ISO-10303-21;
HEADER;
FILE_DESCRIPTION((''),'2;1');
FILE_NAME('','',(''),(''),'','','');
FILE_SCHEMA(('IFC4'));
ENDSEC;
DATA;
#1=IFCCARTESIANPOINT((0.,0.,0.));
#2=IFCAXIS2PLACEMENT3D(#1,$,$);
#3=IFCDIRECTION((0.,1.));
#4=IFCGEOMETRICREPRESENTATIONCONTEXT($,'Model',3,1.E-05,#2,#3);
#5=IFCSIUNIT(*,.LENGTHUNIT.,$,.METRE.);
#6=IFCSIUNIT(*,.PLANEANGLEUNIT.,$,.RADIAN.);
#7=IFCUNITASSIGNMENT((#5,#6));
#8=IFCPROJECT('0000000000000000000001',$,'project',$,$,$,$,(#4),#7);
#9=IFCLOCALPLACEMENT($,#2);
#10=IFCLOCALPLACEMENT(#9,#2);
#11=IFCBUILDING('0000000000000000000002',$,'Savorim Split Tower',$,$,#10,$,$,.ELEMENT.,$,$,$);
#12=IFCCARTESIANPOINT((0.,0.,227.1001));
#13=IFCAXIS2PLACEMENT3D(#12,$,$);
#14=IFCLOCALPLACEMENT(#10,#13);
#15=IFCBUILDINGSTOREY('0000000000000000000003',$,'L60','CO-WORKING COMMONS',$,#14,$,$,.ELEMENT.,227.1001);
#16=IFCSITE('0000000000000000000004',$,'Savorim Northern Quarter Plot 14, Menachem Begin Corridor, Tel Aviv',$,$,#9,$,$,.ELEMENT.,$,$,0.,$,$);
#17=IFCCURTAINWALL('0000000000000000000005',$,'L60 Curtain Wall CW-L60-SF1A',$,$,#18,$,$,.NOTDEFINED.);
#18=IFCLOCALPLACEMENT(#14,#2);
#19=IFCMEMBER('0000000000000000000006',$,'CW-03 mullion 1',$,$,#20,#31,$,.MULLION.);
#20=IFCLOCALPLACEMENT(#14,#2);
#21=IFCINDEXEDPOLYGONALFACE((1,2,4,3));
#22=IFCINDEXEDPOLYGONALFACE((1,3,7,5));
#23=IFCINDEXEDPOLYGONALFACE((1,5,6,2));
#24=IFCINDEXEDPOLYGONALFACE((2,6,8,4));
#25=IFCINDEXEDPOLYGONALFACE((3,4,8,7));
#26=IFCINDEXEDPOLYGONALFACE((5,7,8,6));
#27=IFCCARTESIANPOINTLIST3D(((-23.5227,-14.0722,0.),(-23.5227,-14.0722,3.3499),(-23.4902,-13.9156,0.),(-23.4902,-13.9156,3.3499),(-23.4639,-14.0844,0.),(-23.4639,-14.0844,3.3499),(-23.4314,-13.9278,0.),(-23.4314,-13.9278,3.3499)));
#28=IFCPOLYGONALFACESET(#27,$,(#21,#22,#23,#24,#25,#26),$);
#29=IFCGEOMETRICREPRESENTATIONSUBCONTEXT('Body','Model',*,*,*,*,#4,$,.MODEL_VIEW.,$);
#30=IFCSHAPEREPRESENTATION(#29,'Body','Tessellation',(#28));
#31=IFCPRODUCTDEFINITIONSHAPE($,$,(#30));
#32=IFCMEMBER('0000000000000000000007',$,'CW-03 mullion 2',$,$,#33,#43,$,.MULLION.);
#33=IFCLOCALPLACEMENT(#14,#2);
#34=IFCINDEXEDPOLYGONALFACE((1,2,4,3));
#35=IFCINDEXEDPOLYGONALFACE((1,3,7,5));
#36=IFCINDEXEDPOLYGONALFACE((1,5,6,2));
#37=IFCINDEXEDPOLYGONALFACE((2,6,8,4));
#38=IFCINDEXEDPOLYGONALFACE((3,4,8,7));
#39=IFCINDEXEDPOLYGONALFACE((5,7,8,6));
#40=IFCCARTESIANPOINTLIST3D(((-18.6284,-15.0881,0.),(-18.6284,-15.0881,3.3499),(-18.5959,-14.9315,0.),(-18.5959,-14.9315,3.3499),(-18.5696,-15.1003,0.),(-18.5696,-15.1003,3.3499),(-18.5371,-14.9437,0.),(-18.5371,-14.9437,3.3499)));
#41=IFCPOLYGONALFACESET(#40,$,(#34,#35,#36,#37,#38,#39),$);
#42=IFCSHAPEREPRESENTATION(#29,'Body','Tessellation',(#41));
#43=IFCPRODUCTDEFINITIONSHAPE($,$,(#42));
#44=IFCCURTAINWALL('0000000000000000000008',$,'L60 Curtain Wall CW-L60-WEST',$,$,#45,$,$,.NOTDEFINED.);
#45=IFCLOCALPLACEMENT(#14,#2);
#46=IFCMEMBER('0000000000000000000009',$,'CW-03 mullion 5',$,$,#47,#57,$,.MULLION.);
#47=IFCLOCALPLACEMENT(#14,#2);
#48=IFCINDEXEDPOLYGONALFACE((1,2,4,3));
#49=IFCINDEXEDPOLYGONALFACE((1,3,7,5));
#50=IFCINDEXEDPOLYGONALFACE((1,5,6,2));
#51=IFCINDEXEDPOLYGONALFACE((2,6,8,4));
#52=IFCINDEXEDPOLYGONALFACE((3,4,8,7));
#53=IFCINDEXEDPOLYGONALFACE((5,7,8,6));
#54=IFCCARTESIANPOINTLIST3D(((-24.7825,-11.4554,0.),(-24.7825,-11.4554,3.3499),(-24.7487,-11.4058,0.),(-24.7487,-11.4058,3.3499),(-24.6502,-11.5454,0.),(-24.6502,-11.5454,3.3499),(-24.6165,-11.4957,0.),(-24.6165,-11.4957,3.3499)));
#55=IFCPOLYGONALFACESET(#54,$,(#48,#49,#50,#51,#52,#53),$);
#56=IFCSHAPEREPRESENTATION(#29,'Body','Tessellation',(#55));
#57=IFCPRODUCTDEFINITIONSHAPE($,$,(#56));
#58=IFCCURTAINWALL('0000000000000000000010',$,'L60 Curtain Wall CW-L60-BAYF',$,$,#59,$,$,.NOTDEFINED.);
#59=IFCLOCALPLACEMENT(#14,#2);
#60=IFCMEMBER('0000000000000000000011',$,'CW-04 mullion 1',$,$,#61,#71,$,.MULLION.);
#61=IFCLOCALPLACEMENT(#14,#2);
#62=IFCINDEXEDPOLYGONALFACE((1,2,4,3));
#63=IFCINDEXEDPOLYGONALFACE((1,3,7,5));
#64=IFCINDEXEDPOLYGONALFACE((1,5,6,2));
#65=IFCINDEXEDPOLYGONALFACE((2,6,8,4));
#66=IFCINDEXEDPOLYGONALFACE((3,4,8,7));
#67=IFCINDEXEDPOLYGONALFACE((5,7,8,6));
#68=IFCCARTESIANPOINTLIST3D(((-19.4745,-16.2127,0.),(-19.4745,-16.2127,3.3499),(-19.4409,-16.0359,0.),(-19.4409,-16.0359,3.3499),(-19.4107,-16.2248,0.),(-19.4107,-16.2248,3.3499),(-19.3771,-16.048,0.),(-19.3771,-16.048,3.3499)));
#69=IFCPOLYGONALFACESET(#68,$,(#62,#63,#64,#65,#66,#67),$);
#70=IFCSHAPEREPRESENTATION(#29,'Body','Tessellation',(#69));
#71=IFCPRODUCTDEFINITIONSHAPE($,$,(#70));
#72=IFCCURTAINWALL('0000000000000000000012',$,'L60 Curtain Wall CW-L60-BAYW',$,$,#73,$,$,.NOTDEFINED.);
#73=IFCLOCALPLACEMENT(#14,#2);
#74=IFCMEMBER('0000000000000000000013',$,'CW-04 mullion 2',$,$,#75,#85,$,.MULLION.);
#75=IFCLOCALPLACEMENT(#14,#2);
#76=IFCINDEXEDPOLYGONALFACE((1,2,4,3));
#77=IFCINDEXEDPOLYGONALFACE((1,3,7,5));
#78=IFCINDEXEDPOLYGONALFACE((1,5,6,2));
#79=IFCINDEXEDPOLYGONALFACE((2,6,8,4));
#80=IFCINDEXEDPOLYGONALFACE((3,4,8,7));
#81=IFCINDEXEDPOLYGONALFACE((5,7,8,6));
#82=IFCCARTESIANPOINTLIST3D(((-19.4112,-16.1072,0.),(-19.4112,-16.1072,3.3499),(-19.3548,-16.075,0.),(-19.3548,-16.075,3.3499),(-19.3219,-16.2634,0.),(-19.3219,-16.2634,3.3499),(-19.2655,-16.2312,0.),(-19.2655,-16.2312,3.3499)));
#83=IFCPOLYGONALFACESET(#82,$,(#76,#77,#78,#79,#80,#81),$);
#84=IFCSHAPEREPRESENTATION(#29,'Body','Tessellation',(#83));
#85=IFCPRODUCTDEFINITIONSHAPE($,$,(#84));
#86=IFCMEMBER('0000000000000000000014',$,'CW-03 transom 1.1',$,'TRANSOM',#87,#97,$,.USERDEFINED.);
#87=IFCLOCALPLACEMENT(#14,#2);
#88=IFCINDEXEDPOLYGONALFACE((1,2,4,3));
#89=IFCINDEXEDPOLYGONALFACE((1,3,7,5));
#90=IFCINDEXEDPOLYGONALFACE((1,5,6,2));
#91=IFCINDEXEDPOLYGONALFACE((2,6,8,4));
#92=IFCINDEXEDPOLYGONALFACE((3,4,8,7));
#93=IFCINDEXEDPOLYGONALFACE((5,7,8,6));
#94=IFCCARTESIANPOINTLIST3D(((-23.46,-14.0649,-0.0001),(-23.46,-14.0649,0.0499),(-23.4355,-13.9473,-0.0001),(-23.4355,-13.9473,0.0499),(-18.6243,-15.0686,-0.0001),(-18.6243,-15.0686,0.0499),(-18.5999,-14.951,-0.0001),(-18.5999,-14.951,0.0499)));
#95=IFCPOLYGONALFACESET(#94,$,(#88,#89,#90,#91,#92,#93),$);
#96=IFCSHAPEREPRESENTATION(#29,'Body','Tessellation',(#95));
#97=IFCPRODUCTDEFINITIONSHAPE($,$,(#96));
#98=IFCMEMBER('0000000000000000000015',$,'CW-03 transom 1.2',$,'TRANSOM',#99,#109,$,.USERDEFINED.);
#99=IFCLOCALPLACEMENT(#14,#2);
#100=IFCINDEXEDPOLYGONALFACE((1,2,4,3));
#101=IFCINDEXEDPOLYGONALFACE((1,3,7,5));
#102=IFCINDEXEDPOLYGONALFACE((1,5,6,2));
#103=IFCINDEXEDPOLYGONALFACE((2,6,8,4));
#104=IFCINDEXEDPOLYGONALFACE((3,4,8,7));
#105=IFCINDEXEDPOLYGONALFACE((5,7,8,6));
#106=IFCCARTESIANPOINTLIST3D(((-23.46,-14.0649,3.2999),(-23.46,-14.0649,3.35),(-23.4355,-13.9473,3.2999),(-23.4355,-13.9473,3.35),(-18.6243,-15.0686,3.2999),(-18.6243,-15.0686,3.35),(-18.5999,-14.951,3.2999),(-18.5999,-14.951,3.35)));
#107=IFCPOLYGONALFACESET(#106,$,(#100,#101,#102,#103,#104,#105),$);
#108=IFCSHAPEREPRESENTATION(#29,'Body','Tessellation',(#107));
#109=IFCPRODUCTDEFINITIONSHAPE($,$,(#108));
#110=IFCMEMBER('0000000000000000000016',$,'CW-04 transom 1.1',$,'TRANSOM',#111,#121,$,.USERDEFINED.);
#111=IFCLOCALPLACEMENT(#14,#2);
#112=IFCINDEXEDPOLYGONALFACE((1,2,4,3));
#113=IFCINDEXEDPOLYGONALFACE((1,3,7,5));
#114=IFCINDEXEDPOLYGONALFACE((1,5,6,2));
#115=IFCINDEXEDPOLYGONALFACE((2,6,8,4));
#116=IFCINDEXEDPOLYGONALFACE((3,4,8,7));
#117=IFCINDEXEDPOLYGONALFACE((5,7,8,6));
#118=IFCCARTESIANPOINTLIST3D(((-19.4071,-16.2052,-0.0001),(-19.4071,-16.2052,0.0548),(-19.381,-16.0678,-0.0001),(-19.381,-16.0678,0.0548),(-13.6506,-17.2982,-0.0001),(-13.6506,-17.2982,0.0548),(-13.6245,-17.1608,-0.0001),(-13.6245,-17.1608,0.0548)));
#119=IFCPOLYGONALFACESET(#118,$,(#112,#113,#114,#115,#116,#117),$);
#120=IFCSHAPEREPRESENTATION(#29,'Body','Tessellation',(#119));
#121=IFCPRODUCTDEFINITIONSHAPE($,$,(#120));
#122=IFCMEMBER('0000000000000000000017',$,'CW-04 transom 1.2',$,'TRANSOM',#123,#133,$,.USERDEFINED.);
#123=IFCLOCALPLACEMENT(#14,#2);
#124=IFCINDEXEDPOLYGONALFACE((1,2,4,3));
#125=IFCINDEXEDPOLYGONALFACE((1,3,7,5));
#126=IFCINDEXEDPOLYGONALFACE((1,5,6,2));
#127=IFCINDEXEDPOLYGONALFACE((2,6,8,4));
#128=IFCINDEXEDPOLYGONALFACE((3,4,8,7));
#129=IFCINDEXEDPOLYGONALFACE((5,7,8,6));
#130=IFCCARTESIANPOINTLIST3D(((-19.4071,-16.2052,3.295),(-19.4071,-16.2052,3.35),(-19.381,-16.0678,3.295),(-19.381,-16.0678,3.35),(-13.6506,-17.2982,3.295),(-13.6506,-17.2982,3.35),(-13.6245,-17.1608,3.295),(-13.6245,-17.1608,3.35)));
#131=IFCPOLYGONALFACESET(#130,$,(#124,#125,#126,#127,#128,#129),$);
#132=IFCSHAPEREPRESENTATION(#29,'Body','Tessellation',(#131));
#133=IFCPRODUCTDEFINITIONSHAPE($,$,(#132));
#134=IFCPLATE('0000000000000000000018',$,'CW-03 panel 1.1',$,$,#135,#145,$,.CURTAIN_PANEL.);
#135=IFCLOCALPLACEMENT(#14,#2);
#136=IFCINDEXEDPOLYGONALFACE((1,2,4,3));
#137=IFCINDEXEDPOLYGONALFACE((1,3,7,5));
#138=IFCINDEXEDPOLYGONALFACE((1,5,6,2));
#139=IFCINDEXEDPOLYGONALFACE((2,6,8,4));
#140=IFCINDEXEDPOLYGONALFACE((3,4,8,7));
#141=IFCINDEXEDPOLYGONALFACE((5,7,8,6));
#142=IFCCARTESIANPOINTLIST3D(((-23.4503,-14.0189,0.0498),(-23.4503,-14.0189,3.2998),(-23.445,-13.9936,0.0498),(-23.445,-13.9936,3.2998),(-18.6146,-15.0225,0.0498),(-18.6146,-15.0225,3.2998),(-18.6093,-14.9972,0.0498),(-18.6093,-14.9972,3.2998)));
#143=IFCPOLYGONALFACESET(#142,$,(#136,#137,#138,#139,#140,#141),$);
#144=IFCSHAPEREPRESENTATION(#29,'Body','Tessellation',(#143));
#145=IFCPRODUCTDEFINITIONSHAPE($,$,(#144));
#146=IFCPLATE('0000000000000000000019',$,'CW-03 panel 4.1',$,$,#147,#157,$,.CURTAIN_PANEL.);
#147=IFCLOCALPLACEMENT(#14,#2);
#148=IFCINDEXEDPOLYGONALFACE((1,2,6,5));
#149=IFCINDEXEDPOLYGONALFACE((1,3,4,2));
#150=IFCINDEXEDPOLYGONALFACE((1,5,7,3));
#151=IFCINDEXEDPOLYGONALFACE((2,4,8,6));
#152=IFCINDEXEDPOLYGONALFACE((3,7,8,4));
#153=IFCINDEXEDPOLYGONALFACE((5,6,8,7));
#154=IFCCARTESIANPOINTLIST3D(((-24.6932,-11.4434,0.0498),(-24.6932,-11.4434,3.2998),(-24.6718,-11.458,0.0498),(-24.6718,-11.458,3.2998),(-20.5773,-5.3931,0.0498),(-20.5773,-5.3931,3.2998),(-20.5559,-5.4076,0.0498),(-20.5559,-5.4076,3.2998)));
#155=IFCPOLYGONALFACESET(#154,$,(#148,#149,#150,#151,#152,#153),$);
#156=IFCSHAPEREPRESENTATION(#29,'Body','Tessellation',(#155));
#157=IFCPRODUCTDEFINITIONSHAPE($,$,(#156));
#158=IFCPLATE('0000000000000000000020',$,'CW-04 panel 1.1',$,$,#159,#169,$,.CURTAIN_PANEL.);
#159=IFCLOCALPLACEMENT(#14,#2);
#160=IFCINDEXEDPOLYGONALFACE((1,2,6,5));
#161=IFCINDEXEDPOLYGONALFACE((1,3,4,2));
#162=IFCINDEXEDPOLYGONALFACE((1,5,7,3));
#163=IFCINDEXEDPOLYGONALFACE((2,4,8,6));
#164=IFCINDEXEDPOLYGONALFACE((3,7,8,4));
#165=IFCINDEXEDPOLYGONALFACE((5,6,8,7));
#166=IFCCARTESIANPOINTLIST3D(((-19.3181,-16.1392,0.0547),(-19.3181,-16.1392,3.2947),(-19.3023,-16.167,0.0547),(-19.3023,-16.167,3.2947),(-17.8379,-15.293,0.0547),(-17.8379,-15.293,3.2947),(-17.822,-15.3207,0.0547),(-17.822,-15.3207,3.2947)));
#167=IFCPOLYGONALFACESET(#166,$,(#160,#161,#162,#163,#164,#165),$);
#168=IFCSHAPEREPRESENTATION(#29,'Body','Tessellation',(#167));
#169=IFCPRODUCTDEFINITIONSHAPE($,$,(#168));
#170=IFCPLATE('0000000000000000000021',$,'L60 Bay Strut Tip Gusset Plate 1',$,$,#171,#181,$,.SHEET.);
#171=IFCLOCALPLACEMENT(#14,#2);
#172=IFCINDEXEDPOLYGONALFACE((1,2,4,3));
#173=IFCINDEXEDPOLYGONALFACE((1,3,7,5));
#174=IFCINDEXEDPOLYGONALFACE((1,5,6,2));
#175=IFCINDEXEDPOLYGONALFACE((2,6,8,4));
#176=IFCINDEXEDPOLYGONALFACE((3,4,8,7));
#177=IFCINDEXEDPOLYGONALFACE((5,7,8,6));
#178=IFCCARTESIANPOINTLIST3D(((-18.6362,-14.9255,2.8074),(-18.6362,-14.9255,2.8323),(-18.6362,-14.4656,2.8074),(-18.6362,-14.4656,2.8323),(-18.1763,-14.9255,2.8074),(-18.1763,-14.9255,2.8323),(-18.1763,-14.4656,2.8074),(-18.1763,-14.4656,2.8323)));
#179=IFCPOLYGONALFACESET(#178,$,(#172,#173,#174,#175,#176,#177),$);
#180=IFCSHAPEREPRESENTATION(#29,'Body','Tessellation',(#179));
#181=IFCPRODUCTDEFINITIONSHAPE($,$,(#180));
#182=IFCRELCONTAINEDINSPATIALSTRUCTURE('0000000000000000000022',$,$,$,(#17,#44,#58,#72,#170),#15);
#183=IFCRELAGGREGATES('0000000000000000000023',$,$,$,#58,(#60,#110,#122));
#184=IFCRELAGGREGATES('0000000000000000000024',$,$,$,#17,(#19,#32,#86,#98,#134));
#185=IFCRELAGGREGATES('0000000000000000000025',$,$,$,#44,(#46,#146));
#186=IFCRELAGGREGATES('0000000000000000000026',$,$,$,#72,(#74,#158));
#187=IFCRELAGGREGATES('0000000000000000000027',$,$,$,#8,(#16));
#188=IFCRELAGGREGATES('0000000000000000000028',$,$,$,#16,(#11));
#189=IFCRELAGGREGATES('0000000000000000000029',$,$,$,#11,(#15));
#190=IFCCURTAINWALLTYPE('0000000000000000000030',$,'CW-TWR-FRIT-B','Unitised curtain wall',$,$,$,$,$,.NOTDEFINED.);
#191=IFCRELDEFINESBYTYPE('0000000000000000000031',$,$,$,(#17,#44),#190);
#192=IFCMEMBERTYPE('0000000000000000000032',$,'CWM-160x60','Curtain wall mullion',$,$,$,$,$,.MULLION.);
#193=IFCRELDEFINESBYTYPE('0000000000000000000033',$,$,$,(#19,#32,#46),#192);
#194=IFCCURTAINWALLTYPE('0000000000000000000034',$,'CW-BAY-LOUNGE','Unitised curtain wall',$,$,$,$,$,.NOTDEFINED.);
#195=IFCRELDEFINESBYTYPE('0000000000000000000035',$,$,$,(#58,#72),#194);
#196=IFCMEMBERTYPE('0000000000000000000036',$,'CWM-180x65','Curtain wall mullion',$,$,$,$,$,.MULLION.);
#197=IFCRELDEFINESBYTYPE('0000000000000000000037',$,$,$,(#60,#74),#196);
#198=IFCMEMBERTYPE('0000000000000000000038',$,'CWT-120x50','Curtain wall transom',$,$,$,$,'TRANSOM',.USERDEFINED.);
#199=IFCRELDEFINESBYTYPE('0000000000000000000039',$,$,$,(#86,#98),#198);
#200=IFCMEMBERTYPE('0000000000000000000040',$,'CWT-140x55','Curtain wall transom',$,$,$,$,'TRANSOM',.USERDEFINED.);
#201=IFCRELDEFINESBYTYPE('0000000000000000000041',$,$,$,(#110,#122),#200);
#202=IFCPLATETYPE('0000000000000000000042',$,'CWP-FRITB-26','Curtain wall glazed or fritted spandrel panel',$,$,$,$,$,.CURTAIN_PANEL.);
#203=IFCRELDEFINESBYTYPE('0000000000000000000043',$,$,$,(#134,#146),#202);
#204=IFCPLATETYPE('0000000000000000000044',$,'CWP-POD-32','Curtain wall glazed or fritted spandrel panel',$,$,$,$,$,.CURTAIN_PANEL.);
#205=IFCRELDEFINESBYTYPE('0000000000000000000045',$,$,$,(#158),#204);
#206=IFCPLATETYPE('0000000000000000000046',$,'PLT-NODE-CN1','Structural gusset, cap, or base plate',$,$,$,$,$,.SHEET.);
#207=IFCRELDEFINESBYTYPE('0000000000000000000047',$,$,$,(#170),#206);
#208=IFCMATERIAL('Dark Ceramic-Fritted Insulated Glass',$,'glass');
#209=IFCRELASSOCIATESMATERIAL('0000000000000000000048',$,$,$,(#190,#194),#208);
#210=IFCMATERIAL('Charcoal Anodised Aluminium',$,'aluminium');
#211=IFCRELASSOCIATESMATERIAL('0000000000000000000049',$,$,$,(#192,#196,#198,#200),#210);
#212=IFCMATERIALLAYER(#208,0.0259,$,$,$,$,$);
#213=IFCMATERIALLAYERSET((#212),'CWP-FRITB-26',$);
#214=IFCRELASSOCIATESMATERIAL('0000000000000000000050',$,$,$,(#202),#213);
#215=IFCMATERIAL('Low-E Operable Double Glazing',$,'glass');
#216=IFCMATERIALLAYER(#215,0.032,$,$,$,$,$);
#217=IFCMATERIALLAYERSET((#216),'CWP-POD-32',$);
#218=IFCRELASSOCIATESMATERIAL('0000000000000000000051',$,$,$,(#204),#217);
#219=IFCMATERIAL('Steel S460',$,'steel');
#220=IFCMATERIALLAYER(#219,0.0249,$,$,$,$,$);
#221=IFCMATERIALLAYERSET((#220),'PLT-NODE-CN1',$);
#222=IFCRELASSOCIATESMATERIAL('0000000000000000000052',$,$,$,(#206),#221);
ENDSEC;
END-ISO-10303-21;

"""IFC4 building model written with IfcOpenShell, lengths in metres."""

from ifc_helpers import new_model, si_unit, direction, frame, origin, origin_2d, place, context, subcontext, project, spatial, rectangle, extrude, material, layer, layer_set, material_profile, profile_set, type_object, element, aggregate, save


model = new_model("IFC4")

# Units and contexts
model_context = context("Model", 3, precision=1e-05, world=origin(), true_north=direction((0.0, 1.0)))
body_context = subcontext(model_context, "Body", "Model", "MODEL_VIEW")
ifc_project = project(units=[si_unit("LENGTHUNIT", "METRE"), si_unit("PLANEANGLEUNIT", "RADIAN")], contexts=[model_context])

# Site, building, storey
site_placement = place(None, origin())
site = spatial("IfcSite", under=ifc_project, at=site_placement, Name="Savorim Northern Quarter Plot 14, Menachem Begin Corridor, Tel Aviv", CompositionType="ELEMENT", RefElevation=0.0)
building_placement = place(site_placement, origin())
building = spatial("IfcBuilding", under=site, at=building_placement, Name="Savorim Split Tower", CompositionType="ELEMENT")
storey_placement = place(building_placement, frame((0.0, 0.0, 227.1001)))
storey = spatial("IfcBuildingStorey", under=building, at=storey_placement, Name="L60", Description="CO-WORKING COMMONS", CompositionType="ELEMENT", Elevation=227.1001)

# Curtain wall, members
ifc_material_1 = material(Name="Dark Ceramic-Fritted Insulated Glass", Category="glass")
curtain_wall_type_1 = type_object("IfcCurtainWallType", Name="CW-TWR-FRIT-B", Description="Unitised curtain wall", PredefinedType="NOTDEFINED", material=ifc_material_1)
curtain_wall_1_placement = place(storey_placement, origin())
curtain_wall_1 = element("IfcCurtainWall", 1, at=curtain_wall_1_placement, inside=storey, type_object=curtain_wall_type_1, Name="L60 Curtain Wall CW-L60-SF1A", PredefinedType="NOTDEFINED")
ifc_material_2 = material(Name="Charcoal Anodised Aluminium", Category="aluminium")
ifc_material_profile_1 = material_profile(ifc_material_2, rectangle(XDim=0.1599, YDim=0.0601, at=origin_2d()), Name="ALU-M 160x60")
ifc_profile_set_1 = profile_set([ifc_material_profile_1], Name="Charcoal Anodised Aluminium")
member_type_1 = type_object("IfcMemberType", Name="CWM-160x60", Description="Curtain wall mullion", PredefinedType="MULLION", material=ifc_profile_set_1)
member_1_placement = place(storey_placement, frame((-23.4771, -14.0, 0.0), z_axis=(0.0, 0.0, 1.0), x_axis=(0.203212, 0.979135, 0.0)))
member_1 = element("IfcMember", 2, at=member_1_placement, type_object=member_type_1, Name="CW-03 mullion 1", PredefinedType="MULLION", context=body_context, shape_type="SweptSolid", body=[
    extrude(rectangle(XDim=0.1599, YDim=0.0601, at=origin_2d()), origin(), (0.0, 0.0, 1.0), 3.3499),
])
member_2_placement = place(storey_placement, frame((-18.5828, -15.0159, 0.0), z_axis=(0.0, 0.0, 1.0), x_axis=(0.203212, 0.979135, 0.0)))
member_2 = element("IfcMember", 3, at=member_2_placement, type_object=member_type_1, Name="CW-03 mullion 2", PredefinedType="MULLION", context=body_context, shape_type="SweptSolid", body=[
    extrude(rectangle(XDim=0.1599, YDim=0.0601, at=origin_2d()), origin(), (0.0, 0.0, 1.0), 3.3499),
])

# Curtain walls, members
curtain_wall_2_placement = place(storey_placement, origin())
curtain_wall_2 = element("IfcCurtainWall", 4, at=curtain_wall_2_placement, inside=storey, type_object=curtain_wall_type_1, Name="L60 Curtain Wall CW-L60-WEST", PredefinedType="NOTDEFINED")
member_3_placement = place(storey_placement, frame((-24.6995, -11.4756, 0.0), z_axis=(0.0, 0.0, 1.0), x_axis=(0.82682, -0.562467, 0.0)))
member_3 = element("IfcMember", 5, at=member_3_placement, type_object=member_type_1, Name="CW-03 mullion 5", PredefinedType="MULLION", context=body_context, shape_type="SweptSolid", body=[
    extrude(rectangle(XDim=0.1599, YDim=0.0601, at=origin_2d()), origin(), (0.0, 0.0, 1.0), 3.3499),
])
curtain_wall_type_2 = type_object("IfcCurtainWallType", Name="CW-BAY-LOUNGE", Description="Unitised curtain wall", PredefinedType="NOTDEFINED", material=ifc_material_1)
curtain_wall_3_placement = place(storey_placement, origin())
curtain_wall_3 = element("IfcCurtainWall", 6, at=curtain_wall_3_placement, inside=storey, type_object=curtain_wall_type_2, Name="L60 Curtain Wall CW-L60-BAYF", PredefinedType="NOTDEFINED")
ifc_material_profile_2 = material_profile(ifc_material_2, rectangle(XDim=0.1799, YDim=0.0649, at=origin_2d()), Name="ALU-M 180x65")
ifc_profile_set_2 = profile_set([ifc_material_profile_2], Name="Charcoal Anodised Aluminium")
member_type_2 = type_object("IfcMemberType", Name="CWM-180x65", Description="Curtain wall mullion", PredefinedType="MULLION", material=ifc_profile_set_2)
member_4_placement = place(storey_placement, frame((-19.4258, -16.1304, 0.0), z_axis=(0.0, 0.0, 1.0), x_axis=(0.186567, 0.982442, 0.0)))
member_4 = element("IfcMember", 7, at=member_4_placement, type_object=member_type_2, Name="CW-04 mullion 1", PredefinedType="MULLION", context=body_context, shape_type="SweptSolid", body=[
    extrude(rectangle(XDim=0.1799, YDim=0.0649, at=origin_2d()), origin(), (0.0, 0.0, 1.0), 3.3499),
])
curtain_wall_4_placement = place(storey_placement, origin())
curtain_wall_4 = element("IfcCurtainWall", 8, at=curtain_wall_4_placement, inside=storey, type_object=curtain_wall_type_2, Name="L60 Curtain Wall CW-L60-BAYW", PredefinedType="NOTDEFINED")
member_5_placement = place(storey_placement, frame((-19.3384, -16.1692, 0.0), z_axis=(0.0, 0.0, 1.0), x_axis=(0.496327, -0.868136, 0.0)))
member_5 = element("IfcMember", 9, at=member_5_placement, type_object=member_type_2, Name="CW-04 mullion 2", PredefinedType="MULLION", context=body_context, shape_type="SweptSolid", body=[
    extrude(rectangle(XDim=0.1799, YDim=0.0649, at=origin_2d()), origin(), (0.0, 0.0, 1.0), 3.3499),
])

# Members
ifc_material_profile_3 = material_profile(ifc_material_2, rectangle(XDim=0.1201, YDim=0.05, at=origin_2d()), Name="ALU-T 120x50")
ifc_profile_set_3 = profile_set([ifc_material_profile_3], Name="Charcoal Anodised Aluminium")
member_type_3 = type_object("IfcMemberType", Name="CWT-120x50", Description="Curtain wall transom", ElementType="TRANSOM", PredefinedType="USERDEFINED", material=ifc_profile_set_3)
member_6_placement = place(storey_placement, frame((-23.4478, -14.0061, 0.0249), z_axis=(0.979133, -0.203222, 0.0), x_axis=(0.203222, 0.979133, 0.0)))
member_6 = element("IfcMember", 10, at=member_6_placement, type_object=member_type_3, Name="CW-03 transom 1.1", ObjectType="TRANSOM", PredefinedType="USERDEFINED", context=body_context, shape_type="SweptSolid", body=[
    extrude(rectangle(XDim=0.1201, YDim=0.05, at=origin_2d()), origin(), (0.0, 0.0, 1.0), 4.9387),
])
member_7_placement = place(storey_placement, frame((-23.4478, -14.0061, 3.325), z_axis=(0.979133, -0.203222, 0.0), x_axis=(0.203222, 0.979133, 0.0)))
member_7 = element("IfcMember", 11, at=member_7_placement, type_object=member_type_3, Name="CW-03 transom 1.2", ObjectType="TRANSOM", PredefinedType="USERDEFINED", context=body_context, shape_type="SweptSolid", body=[
    extrude(rectangle(XDim=0.1201, YDim=0.05, at=origin_2d()), origin(), (0.0, 0.0, 1.0), 4.9387),
])
ifc_material_profile_4 = material_profile(ifc_material_2, rectangle(XDim=0.1399, YDim=0.0549, at=origin_2d()), Name="ALU-T 140x55")
ifc_profile_set_4 = profile_set([ifc_material_profile_4], Name="Charcoal Anodised Aluminium")
member_type_4 = type_object("IfcMemberType", Name="CWT-140x55", Description="Curtain wall transom", ElementType="TRANSOM", PredefinedType="USERDEFINED", material=ifc_profile_set_4)
member_8_placement = place(storey_placement, frame((-19.394, -16.1365, 0.0273), z_axis=(0.982447, -0.18654, 0.0), x_axis=(0.18654, 0.982447, 0.0)))
member_8 = element("IfcMember", 12, at=member_8_placement, type_object=member_type_4, Name="CW-04 transom 1.1", ObjectType="TRANSOM", PredefinedType="USERDEFINED", context=body_context, shape_type="SweptSolid", body=[
    extrude(rectangle(XDim=0.1399, YDim=0.0549, at=origin_2d()), origin(), (0.0, 0.0, 1.0), 5.8594),
])
member_9_placement = place(storey_placement, frame((-19.394, -16.1365, 3.3225), z_axis=(0.982447, -0.18654, 0.0), x_axis=(0.18654, 0.982447, 0.0)))
member_9 = element("IfcMember", 13, at=member_9_placement, type_object=member_type_4, Name="CW-04 transom 1.2", ObjectType="TRANSOM", PredefinedType="USERDEFINED", context=body_context, shape_type="SweptSolid", body=[
    extrude(rectangle(XDim=0.1399, YDim=0.0549, at=origin_2d()), origin(), (0.0, 0.0, 1.0), 5.8594),
])
aggregate(curtain_wall_3, [member_4, member_8, member_9])

# Plates
ifc_layer_1 = layer(ifc_material_1, 0.0259)
ifc_layer_set_1 = layer_set([ifc_layer_1], Name="CWP-FRITB-26")
plate_type_1 = type_object("IfcPlateType", Name="CWP-FRITB-26", Description="Curtain wall glazed or fritted spandrel panel", PredefinedType="CURTAIN_PANEL", material=ifc_layer_set_1)
plate_1_placement = place(storey_placement, frame((-21.0298, -14.5081, 0.0498), z_axis=(0.0, 0.0, 1.0), x_axis=(0.979135, -0.203212, 0.0)))
plate_1 = element("IfcPlate", 14, at=plate_1_placement, type_object=plate_type_1, Name="CW-03 panel 1.1", PredefinedType="CURTAIN_PANEL", context=body_context, shape_type="SweptSolid", body=[
    extrude(rectangle(XDim=4.9387, YDim=0.0259, at=origin_2d()), origin(), (0.0, 0.0, 1.0), 3.25),
])
aggregate(curtain_wall_1, [member_1, member_2, member_6, member_7, plate_1])
plate_2_placement = place(storey_placement, frame((-22.6245, -8.4255, 0.0498), z_axis=(0.0, 0.0, 1.0), x_axis=(-0.562467, -0.82682, 0.0)))
plate_2 = element("IfcPlate", 15, at=plate_2_placement, type_object=plate_type_1, Name="CW-03 panel 4.1", PredefinedType="CURTAIN_PANEL", context=body_context, shape_type="SweptSolid", body=[
    extrude(rectangle(XDim=7.3176, YDim=0.0259, at=origin_2d()), origin(), (0.0, 0.0, 1.0), 3.25),
])
aggregate(curtain_wall_2, [member_3, plate_2])
ifc_material_3 = material(Name="Low-E Operable Double Glazing", Category="glass")
ifc_layer_2 = layer(ifc_material_3, 0.032)
ifc_layer_set_2 = layer_set([ifc_layer_2], Name="CWP-POD-32")
plate_type_2 = type_object("IfcPlateType", Name="CWP-POD-32", Description="Curtain wall glazed or fritted spandrel panel", PredefinedType="CURTAIN_PANEL", material=ifc_layer_set_2)
plate_3_placement = place(storey_placement, frame((-18.5701, -15.73, 0.0547), z_axis=(0.0, 0.0, 1.0), x_axis=(-0.868136, -0.496327, 0.0)))
plate_3 = element("IfcPlate", 16, at=plate_3_placement, type_object=plate_type_2, Name="CW-04 panel 1.1", PredefinedType="CURTAIN_PANEL", context=body_context, shape_type="SweptSolid", body=[
    extrude(rectangle(XDim=1.7051, YDim=0.032, at=origin_2d()), origin(), (0.0, 0.0, 1.0), 3.24),
])
aggregate(curtain_wall_4, [member_5, plate_3])
ifc_material_4 = material(Name="Steel S460", Category="steel")
ifc_layer_3 = layer(ifc_material_4, 0.0249)
ifc_layer_set_3 = layer_set([ifc_layer_3], Name="PLT-NODE-CN1")
plate_type_3 = type_object("IfcPlateType", Name="PLT-NODE-CN1", Description="Structural gusset, cap, or base plate", PredefinedType="SHEET", material=ifc_layer_set_3)
plate_4_placement = place(storey_placement, frame((-18.4062, -14.6956, 2.8074), z_axis=(0.0, 0.0, 1.0), x_axis=(1.0, 0.0, 0.0)))
element("IfcPlate", 17, at=plate_4_placement, inside=storey, type_object=plate_type_3, Name="L60 Bay Strut Tip Gusset Plate 1", PredefinedType="SHEET", context=body_context, shape_type="SweptSolid", body=[
    extrude(rectangle(XDim=0.46, YDim=0.46, at=origin_2d()), origin(), (0.0, 0.0, 1.0), 0.0249),
])

save(model, "model.ifc")
